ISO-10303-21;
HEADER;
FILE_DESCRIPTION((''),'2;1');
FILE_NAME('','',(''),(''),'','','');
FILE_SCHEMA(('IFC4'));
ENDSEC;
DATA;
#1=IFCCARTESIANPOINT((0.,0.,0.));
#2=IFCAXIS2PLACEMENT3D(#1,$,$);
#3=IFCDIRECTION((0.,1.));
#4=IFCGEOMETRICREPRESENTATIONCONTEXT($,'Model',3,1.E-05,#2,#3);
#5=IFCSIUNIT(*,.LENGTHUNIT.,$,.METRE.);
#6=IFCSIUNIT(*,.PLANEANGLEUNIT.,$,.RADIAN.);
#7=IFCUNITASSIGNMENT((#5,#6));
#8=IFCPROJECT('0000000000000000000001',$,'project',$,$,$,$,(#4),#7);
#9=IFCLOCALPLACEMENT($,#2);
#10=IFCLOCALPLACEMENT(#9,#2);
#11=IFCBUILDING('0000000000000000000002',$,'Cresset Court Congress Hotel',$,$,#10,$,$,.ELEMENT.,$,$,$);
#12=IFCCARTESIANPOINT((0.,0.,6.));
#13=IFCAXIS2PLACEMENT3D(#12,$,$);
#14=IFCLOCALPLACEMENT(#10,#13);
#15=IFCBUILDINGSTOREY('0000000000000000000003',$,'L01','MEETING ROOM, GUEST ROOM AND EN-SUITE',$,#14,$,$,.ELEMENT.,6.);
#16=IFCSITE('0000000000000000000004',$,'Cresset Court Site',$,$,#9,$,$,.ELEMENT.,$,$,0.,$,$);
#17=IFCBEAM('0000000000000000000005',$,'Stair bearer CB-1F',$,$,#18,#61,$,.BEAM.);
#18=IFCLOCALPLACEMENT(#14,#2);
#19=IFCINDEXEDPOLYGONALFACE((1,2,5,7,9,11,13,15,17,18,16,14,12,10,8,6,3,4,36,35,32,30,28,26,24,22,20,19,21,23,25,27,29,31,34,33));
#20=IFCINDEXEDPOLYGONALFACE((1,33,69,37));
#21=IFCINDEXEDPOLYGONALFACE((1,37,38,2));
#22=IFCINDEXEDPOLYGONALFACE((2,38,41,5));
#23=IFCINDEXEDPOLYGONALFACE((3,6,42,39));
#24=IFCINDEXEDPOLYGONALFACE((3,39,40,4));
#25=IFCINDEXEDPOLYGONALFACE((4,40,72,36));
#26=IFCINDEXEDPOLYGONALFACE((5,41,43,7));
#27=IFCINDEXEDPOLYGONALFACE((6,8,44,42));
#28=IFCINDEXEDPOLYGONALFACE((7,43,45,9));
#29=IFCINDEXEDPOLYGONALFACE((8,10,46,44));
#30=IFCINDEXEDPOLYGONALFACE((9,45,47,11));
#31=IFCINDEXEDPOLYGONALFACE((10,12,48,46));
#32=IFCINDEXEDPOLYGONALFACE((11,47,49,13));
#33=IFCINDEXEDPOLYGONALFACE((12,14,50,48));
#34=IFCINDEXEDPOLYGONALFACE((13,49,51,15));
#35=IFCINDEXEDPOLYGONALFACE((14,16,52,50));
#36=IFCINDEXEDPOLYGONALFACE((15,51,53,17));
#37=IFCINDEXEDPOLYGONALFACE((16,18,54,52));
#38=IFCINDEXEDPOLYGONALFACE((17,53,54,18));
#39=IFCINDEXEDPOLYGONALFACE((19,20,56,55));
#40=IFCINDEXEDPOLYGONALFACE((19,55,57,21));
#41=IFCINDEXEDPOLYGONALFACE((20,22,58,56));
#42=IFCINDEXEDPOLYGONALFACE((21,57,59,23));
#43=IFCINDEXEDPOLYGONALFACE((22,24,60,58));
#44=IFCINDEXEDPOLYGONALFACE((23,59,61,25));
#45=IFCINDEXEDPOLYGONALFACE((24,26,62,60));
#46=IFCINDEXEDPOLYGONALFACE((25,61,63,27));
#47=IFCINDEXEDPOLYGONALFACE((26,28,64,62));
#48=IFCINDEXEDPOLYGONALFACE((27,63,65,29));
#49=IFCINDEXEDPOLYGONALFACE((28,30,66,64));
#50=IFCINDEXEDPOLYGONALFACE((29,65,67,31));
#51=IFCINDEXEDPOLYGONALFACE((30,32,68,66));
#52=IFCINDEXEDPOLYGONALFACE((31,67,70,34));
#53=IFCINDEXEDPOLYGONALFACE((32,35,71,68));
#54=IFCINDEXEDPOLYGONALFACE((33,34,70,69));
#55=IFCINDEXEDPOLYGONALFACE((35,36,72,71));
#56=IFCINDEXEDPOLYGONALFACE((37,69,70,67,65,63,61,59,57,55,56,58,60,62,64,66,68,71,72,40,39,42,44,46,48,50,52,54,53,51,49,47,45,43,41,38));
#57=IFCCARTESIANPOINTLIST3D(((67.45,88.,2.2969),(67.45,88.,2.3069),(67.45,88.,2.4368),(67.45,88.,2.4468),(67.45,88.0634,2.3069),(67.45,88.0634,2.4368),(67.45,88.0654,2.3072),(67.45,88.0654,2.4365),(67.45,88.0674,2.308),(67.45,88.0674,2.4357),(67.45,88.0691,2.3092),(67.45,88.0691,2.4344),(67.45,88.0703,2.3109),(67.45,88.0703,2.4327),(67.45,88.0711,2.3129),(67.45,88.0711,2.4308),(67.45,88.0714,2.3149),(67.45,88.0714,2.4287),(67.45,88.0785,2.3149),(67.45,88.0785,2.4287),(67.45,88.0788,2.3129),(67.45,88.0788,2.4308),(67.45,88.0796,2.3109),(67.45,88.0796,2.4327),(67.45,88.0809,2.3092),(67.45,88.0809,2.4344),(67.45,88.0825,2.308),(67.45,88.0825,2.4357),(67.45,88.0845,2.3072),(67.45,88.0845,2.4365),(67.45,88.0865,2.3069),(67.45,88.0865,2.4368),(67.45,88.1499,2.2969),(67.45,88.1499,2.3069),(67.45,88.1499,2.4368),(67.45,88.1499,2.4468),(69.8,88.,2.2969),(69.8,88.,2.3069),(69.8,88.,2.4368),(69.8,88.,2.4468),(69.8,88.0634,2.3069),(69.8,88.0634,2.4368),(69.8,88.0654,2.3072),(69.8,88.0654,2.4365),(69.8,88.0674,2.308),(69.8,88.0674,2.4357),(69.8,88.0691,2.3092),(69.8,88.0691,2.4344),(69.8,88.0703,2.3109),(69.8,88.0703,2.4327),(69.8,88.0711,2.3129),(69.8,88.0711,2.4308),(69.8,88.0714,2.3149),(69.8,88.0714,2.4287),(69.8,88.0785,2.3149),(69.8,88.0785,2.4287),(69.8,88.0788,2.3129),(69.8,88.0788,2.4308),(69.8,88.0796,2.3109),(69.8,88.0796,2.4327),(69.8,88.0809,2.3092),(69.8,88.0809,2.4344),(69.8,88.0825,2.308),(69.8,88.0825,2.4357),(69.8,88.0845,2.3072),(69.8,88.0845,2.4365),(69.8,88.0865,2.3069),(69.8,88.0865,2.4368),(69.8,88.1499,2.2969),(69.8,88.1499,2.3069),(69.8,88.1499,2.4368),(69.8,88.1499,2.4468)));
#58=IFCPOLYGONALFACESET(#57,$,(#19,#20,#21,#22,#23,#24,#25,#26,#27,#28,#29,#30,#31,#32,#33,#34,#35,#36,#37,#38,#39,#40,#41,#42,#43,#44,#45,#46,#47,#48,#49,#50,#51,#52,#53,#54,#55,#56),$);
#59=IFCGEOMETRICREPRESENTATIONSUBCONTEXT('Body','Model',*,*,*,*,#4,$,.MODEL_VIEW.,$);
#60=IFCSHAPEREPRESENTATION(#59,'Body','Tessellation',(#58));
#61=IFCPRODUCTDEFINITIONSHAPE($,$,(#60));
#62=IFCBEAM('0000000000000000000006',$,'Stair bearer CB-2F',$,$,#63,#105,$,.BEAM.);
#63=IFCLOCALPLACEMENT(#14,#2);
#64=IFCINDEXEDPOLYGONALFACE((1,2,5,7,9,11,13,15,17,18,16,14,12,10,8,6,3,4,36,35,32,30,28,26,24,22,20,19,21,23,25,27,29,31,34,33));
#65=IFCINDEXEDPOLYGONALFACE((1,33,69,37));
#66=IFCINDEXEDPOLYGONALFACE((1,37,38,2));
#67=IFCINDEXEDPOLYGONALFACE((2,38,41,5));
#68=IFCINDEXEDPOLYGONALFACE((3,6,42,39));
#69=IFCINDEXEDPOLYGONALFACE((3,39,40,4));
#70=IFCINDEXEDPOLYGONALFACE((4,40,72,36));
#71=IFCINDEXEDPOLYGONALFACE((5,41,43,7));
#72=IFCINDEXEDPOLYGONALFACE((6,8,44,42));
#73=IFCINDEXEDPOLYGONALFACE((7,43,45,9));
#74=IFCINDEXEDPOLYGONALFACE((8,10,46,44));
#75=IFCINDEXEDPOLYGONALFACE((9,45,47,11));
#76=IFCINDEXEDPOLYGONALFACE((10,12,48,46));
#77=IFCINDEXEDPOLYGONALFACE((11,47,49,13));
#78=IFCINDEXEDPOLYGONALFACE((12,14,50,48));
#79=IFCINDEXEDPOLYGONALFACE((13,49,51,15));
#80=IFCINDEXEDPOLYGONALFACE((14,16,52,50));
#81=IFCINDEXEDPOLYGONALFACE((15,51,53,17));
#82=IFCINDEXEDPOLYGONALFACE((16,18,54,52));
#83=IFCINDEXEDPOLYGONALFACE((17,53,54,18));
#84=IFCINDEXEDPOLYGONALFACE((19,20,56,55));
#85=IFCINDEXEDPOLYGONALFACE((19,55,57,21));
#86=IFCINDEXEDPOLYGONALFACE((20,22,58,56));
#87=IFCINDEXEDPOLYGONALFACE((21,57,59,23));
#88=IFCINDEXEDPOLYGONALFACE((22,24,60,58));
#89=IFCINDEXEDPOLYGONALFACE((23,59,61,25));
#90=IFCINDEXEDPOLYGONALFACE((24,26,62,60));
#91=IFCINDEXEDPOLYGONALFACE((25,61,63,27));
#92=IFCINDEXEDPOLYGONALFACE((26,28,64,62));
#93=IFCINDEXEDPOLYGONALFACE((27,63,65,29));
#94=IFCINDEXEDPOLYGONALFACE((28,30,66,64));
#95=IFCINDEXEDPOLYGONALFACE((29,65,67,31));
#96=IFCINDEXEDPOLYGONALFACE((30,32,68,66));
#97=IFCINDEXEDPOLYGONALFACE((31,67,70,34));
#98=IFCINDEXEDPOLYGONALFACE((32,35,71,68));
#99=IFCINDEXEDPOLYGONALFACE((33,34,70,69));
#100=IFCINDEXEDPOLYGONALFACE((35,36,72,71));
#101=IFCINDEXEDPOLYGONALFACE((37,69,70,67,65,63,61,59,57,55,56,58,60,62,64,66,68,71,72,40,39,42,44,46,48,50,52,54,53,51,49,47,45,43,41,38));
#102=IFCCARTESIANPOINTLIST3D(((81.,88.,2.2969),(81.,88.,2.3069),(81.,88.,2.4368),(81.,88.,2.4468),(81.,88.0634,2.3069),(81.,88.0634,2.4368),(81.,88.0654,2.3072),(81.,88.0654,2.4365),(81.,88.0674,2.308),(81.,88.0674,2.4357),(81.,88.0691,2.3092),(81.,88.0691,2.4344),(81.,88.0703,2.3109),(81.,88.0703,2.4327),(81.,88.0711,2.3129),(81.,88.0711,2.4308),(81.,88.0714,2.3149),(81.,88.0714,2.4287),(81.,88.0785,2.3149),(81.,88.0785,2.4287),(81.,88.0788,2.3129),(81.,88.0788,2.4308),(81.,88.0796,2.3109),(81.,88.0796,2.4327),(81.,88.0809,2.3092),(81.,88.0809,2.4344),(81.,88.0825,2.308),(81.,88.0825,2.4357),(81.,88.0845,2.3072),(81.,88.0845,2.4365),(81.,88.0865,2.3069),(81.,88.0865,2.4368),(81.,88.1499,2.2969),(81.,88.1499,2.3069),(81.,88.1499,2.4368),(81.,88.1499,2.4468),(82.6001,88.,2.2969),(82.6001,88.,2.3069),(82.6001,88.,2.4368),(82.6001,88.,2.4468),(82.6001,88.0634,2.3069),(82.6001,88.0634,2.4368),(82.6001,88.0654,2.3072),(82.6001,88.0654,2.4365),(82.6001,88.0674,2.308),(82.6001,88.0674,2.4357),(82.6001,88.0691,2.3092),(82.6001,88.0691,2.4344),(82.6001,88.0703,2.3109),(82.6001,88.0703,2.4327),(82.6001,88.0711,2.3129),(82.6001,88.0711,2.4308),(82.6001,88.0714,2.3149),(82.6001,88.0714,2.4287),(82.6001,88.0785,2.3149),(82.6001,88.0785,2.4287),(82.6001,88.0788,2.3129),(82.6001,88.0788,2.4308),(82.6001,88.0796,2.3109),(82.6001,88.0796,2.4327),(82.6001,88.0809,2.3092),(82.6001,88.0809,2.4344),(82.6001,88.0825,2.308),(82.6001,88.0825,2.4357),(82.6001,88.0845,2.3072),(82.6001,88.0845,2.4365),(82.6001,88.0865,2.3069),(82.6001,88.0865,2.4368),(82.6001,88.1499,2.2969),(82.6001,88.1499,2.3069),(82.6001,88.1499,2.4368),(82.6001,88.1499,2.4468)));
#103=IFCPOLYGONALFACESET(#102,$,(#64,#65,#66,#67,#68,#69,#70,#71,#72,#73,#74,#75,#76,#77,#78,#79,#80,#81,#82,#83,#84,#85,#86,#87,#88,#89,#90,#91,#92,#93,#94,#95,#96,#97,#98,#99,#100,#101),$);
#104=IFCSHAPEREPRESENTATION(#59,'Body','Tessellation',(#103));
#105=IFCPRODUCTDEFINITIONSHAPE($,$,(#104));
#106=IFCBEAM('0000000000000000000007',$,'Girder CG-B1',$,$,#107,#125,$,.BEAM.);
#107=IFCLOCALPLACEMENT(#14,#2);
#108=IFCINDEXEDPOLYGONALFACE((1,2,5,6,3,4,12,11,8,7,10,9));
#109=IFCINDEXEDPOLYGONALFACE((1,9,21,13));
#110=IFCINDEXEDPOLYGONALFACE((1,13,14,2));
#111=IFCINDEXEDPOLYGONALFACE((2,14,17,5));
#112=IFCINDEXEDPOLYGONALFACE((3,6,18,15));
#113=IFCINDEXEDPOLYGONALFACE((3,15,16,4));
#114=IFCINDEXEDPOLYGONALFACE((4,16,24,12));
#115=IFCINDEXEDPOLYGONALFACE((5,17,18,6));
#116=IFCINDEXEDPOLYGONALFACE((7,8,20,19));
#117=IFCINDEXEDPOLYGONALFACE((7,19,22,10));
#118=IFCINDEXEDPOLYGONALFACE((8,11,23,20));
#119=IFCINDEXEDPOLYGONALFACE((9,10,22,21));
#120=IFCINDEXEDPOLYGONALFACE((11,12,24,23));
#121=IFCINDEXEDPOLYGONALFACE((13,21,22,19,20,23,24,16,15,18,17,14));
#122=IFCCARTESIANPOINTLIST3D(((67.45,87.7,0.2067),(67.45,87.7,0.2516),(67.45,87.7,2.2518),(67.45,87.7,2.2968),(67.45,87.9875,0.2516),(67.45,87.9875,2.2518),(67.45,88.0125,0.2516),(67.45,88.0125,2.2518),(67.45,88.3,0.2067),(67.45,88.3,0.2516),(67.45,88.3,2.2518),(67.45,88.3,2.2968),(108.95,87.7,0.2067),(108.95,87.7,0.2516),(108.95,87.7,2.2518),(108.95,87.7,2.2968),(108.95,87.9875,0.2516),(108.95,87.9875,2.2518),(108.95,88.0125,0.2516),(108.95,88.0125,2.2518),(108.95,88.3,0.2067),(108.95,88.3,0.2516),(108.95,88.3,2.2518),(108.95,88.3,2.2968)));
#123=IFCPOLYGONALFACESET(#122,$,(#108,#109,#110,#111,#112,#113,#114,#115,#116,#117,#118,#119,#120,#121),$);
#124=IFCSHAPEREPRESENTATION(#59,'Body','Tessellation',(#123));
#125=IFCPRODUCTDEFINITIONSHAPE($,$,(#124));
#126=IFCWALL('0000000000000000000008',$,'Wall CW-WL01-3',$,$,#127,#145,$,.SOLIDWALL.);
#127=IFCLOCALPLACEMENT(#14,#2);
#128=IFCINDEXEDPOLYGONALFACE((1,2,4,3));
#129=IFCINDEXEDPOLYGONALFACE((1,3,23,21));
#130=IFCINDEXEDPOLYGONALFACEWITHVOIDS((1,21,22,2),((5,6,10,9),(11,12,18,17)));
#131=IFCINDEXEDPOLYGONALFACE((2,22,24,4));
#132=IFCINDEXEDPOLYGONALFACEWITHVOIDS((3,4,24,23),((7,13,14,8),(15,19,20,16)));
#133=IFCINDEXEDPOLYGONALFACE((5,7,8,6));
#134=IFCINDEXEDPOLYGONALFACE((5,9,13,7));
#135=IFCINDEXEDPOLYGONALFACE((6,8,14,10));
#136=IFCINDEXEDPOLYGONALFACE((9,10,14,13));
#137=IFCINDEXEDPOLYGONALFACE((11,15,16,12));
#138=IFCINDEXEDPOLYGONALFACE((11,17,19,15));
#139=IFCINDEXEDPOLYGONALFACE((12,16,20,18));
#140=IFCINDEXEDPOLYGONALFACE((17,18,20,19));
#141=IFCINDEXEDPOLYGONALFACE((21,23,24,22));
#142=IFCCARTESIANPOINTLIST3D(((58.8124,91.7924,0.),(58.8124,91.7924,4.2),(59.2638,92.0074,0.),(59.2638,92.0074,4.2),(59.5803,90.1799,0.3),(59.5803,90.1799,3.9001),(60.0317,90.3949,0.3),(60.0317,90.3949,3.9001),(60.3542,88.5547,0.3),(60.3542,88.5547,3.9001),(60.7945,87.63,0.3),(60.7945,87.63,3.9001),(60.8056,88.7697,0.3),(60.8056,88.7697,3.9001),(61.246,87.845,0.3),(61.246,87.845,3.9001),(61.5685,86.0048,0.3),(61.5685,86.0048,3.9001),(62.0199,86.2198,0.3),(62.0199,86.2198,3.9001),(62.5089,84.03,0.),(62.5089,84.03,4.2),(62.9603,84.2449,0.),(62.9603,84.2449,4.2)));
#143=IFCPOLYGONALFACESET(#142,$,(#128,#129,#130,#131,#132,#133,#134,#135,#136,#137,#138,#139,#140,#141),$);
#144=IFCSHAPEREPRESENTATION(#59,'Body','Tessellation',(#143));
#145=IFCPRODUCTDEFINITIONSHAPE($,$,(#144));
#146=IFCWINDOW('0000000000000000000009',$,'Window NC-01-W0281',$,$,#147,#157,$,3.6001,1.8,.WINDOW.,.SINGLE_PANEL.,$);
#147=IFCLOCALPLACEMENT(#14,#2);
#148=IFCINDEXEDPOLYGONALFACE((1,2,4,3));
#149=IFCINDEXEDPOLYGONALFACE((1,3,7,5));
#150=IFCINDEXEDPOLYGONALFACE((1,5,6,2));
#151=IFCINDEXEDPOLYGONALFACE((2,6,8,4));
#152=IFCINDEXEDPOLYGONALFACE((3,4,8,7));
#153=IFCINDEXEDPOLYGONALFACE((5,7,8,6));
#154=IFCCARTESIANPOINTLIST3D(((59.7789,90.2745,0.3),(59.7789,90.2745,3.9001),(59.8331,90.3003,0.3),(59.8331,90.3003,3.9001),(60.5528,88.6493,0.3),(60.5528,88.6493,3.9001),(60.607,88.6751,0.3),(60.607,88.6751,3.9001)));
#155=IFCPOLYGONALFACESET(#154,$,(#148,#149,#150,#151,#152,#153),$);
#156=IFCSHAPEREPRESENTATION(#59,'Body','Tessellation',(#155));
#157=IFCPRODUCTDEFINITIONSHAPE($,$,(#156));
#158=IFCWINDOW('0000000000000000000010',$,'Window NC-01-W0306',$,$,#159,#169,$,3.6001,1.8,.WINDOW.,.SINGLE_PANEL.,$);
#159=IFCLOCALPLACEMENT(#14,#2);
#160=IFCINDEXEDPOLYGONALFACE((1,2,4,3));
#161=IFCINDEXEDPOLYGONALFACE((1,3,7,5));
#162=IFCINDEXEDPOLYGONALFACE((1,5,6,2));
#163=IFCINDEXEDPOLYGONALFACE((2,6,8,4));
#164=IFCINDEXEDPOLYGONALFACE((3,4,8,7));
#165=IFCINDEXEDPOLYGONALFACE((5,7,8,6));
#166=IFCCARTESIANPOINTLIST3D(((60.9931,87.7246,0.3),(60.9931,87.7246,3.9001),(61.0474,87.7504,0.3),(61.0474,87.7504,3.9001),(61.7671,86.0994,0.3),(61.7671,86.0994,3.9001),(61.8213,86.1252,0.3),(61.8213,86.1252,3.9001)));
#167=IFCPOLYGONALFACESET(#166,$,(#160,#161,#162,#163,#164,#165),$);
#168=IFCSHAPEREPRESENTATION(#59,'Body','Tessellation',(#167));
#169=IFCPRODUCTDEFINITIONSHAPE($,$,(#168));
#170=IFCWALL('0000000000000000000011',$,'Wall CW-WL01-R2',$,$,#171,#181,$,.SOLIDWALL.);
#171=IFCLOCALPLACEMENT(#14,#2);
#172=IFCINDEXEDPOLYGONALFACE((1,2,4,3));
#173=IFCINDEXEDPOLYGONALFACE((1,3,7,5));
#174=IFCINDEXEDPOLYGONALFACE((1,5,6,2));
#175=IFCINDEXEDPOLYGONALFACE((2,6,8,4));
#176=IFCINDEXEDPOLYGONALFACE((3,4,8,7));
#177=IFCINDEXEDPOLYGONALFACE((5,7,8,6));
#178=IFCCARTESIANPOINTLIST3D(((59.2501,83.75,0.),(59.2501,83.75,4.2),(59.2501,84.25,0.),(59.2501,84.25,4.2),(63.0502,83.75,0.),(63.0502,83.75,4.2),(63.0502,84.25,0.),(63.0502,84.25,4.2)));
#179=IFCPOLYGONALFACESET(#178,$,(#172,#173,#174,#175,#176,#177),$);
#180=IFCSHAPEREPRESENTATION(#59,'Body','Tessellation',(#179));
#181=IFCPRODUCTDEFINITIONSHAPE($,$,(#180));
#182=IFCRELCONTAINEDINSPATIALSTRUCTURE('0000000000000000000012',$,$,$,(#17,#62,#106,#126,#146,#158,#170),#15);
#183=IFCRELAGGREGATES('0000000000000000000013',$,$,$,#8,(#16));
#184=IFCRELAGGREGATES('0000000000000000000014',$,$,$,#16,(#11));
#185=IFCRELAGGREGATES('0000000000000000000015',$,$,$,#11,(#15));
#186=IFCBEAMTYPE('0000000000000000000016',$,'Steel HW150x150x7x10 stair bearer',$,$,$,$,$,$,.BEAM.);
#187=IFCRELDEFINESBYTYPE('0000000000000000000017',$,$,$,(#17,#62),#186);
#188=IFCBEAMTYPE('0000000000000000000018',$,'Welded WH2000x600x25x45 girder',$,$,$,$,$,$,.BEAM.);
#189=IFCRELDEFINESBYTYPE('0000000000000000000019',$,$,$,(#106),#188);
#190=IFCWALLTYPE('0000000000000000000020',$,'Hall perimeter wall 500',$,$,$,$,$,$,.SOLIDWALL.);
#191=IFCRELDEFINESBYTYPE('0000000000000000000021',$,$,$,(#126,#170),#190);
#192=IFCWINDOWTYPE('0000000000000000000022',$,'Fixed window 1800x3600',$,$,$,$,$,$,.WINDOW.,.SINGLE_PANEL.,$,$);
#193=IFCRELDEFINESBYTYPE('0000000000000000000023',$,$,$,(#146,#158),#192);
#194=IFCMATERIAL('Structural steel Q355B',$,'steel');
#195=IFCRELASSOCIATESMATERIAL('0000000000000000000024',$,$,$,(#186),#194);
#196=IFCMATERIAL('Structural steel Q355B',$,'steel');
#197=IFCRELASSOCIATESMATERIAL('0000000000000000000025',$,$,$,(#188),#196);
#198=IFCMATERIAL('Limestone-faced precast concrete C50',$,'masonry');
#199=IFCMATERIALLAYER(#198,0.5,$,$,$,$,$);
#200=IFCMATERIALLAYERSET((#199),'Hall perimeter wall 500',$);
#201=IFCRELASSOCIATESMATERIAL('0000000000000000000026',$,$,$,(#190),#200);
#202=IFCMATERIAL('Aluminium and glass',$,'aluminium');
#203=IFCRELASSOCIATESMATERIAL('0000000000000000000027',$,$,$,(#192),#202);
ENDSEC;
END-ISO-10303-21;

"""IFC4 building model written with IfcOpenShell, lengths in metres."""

from ifc_helpers import new_model, si_unit, direction, frame, frame_2d, origin, origin_2d, place, context, subcontext, project, spatial, rectangle, i_section, extrude, material, layer, layer_set, material_profile, profile_set, type_object, element, fill, save


model = new_model("IFC4")

# Units and contexts
model_context = context("Model", 3, precision=1e-05, world=origin(), true_north=direction((0.0, 1.0)))
body_context = subcontext(model_context, "Body", "Model", "MODEL_VIEW")
ifc_project = project(units=[si_unit("LENGTHUNIT", "METRE"), si_unit("PLANEANGLEUNIT", "RADIAN")], contexts=[model_context])

# Site, building, storey
site_placement = place(None, origin())
site = spatial("IfcSite", under=ifc_project, at=site_placement, Name="Cresset Court Site", CompositionType="ELEMENT", RefElevation=0.0)
building_placement = place(site_placement, origin())
building = spatial("IfcBuilding", under=site, at=building_placement, Name="Cresset Court Congress Hotel", CompositionType="ELEMENT")
storey_placement = place(building_placement, frame((0.0, 0.0, 6.0)))
storey = spatial("IfcBuildingStorey", under=building, at=storey_placement, Name="L01", Description="MEETING ROOM, GUEST ROOM AND EN-SUITE", CompositionType="ELEMENT", Elevation=6.0)

# Beams
ifc_material_1 = material(Name="Structural steel Q355B", Category="steel")
ifc_material_profile_1 = material_profile(ifc_material_1, i_section(OverallWidth=0.1499, OverallDepth=0.1499, WebThickness=0.0071, FlangeThickness=0.01, FilletRadius=0.0081, at=origin_2d()), Name="HW150x150x7x10")
ifc_profile_set_1 = profile_set([ifc_material_profile_1], Name="Structural steel Q355B")
beam_type_1 = type_object("IfcBeamType", Name="Steel HW150x150x7x10 stair bearer", PredefinedType="BEAM", material=ifc_profile_set_1)
beam_1_placement = place(storey_placement, frame((67.45, 88.075, 2.3718), z_axis=(1.0, 0.0, 0.0), x_axis=(0.0, 1.0, 0.0)))
element("IfcBeam", 1, at=beam_1_placement, inside=storey, type_object=beam_type_1, Name="Stair bearer CB-1F", PredefinedType="BEAM", context=body_context, shape_type="SweptSolid", body=[
    extrude(i_section(OverallWidth=0.1499, OverallDepth=0.1499, WebThickness=0.0071, FlangeThickness=0.01, FilletRadius=0.0081, at=origin_2d()), origin(), (0.0, 0.0, 1.0), 2.3501),
])
beam_2_placement = place(storey_placement, frame((81.0, 88.075, 2.3718), z_axis=(1.0, 0.0, 0.0), x_axis=(0.0, 1.0, 0.0)))
element("IfcBeam", 2, at=beam_2_placement, inside=storey, type_object=beam_type_1, Name="Stair bearer CB-2F", PredefinedType="BEAM", context=body_context, shape_type="SweptSolid", body=[
    extrude(i_section(OverallWidth=0.1499, OverallDepth=0.1499, WebThickness=0.0071, FlangeThickness=0.01, FilletRadius=0.0081, at=origin_2d()), origin(), (0.0, 0.0, 1.0), 1.6001),
])
ifc_material_2 = material(Name="Structural steel Q355B", Category="steel")
ifc_material_profile_2 = material_profile(ifc_material_2, i_section(OverallWidth=0.6001, OverallDepth=2.0901, WebThickness=0.0249, FlangeThickness=0.0449, at=origin_2d()), Name="WH2000x600x25x45")
ifc_profile_set_2 = profile_set([ifc_material_profile_2], Name="Structural steel Q355B")
beam_type_2 = type_object("IfcBeamType", Name="Welded WH2000x600x25x45 girder", PredefinedType="BEAM", material=ifc_profile_set_2)
beam_3_placement = place(storey_placement, frame((67.45, 88.0, 1.2517), z_axis=(1.0, 0.0, 0.0), x_axis=(0.0, 1.0, 0.0)))
element("IfcBeam", 3, at=beam_3_placement, inside=storey, type_object=beam_type_2, Name="Girder CG-B1", PredefinedType="BEAM", context=body_context, shape_type="SweptSolid", body=[
    extrude(i_section(OverallWidth=0.6001, OverallDepth=2.0901, WebThickness=0.0249, FlangeThickness=0.0449, at=origin_2d()), origin(), (0.0, 0.0, 1.0), 41.5),
])

# Wall, openings, windows
ifc_material_3 = material(Name="Limestone-faced precast concrete C50", Category="masonry")
ifc_layer = layer(ifc_material_3, 0.5)
ifc_layer_set = layer_set([ifc_layer], Name="Hall perimeter wall 500")
wall_type = type_object("IfcWallType", Name="Hall perimeter wall 500", PredefinedType="SOLIDWALL", material=ifc_layer_set)
wall_1_placement = place(storey_placement, frame((62.7346, 84.1375, 0.0), z_axis=(0.0, 0.0, 1.0), x_axis=(-0.429946, 0.902855, 0.0)))
wall_1 = element("IfcWall", 4, at=wall_1_placement, inside=storey, type_object=wall_type, Name="Wall CW-WL01-3", PredefinedType="SOLIDWALL", context=body_context, shape_type="SweptSolid", body=[
    extrude(rectangle(XDim=8.5977, YDim=0.5, at=frame_2d((4.2988, 0.0))), origin(), (0.0, 0.0, 1.0), 4.2),
])
opening_1_placement = place(wall_1_placement, frame((5.0117, 0.0, 0.3)))
opening_1 = element("IfcOpeningElement", 5, at=opening_1_placement, cuts=wall_1, PredefinedType="OPENING", context=body_context, shape_type="SweptSolid", body=[
    extrude(rectangle(XDim=1.8, YDim=3.6001, at=frame_2d((0.8999, 1.8))), frame((0.0, 0.26, 0.0), z_axis=(0.0, -1.0, 0.0), x_axis=(1.0, 0.0, 0.0)), (0.0, 0.0, 1.0), 0.52),
])
opening_2_placement = place(wall_1_placement, frame((2.1875, 0.0, 0.3)))
opening_2 = element("IfcOpeningElement", 6, at=opening_2_placement, cuts=wall_1, PredefinedType="OPENING", context=body_context, shape_type="SweptSolid", body=[
    extrude(rectangle(XDim=1.8, YDim=3.6001, at=frame_2d((0.8999, 1.8))), frame((0.0, 0.26, 0.0), z_axis=(0.0, -1.0, 0.0), x_axis=(1.0, 0.0, 0.0)), (0.0, 0.0, 1.0), 0.52),
])
ifc_material_4 = material(Name="Aluminium and glass", Category="aluminium")
window_type = type_object("IfcWindowType", Name="Fixed window 1800x3600", PartitioningType="SINGLE_PANEL", PredefinedType="WINDOW", material=ifc_material_4)
window_1_placement = place(opening_1_placement, origin())
window_1 = element("IfcWindow", 7, at=window_1_placement, inside=storey, type_object=window_type, Name="Window NC-01-W0281", OverallHeight=3.6001, OverallWidth=1.8, PartitioningType="SINGLE_PANEL", PredefinedType="WINDOW", context=body_context, shape_type="SweptSolid", body=[
    extrude(rectangle(XDim=1.8, YDim=3.6001, at=frame_2d((0.8999, 1.8))), frame((0.0, 0.03, 0.0), z_axis=(0.0, -1.0, 0.0), x_axis=(1.0, 0.0, 0.0)), (0.0, 0.0, 1.0), 0.0601),
])
fill(opening_1, window_1)
window_2_placement = place(opening_2_placement, origin())
window_2 = element("IfcWindow", 8, at=window_2_placement, inside=storey, type_object=window_type, Name="Window NC-01-W0306", OverallHeight=3.6001, OverallWidth=1.8, PartitioningType="SINGLE_PANEL", PredefinedType="WINDOW", context=body_context, shape_type="SweptSolid", body=[
    extrude(rectangle(XDim=1.8, YDim=3.6001, at=frame_2d((0.8999, 1.8))), frame((0.0, 0.03, 0.0), z_axis=(0.0, -1.0, 0.0), x_axis=(1.0, 0.0, 0.0)), (0.0, 0.0, 1.0), 0.0601),
])
fill(opening_2, window_2)

# Wall
wall_2_placement = place(storey_placement, frame((63.05, 84.0, 0.0), z_axis=(0.0, 0.0, 1.0), x_axis=(-1.0, 0.0, 0.0)))
element("IfcWall", 9, at=wall_2_placement, inside=storey, type_object=wall_type, Name="Wall CW-WL01-R2", PredefinedType="SOLIDWALL", context=body_context, shape_type="SweptSolid", body=[
    extrude(rectangle(XDim=3.8, YDim=0.5, at=frame_2d((1.8999, 0.0))), origin(), (0.0, 0.0, 1.0), 4.2),
])

save(model, "model.ifc")
